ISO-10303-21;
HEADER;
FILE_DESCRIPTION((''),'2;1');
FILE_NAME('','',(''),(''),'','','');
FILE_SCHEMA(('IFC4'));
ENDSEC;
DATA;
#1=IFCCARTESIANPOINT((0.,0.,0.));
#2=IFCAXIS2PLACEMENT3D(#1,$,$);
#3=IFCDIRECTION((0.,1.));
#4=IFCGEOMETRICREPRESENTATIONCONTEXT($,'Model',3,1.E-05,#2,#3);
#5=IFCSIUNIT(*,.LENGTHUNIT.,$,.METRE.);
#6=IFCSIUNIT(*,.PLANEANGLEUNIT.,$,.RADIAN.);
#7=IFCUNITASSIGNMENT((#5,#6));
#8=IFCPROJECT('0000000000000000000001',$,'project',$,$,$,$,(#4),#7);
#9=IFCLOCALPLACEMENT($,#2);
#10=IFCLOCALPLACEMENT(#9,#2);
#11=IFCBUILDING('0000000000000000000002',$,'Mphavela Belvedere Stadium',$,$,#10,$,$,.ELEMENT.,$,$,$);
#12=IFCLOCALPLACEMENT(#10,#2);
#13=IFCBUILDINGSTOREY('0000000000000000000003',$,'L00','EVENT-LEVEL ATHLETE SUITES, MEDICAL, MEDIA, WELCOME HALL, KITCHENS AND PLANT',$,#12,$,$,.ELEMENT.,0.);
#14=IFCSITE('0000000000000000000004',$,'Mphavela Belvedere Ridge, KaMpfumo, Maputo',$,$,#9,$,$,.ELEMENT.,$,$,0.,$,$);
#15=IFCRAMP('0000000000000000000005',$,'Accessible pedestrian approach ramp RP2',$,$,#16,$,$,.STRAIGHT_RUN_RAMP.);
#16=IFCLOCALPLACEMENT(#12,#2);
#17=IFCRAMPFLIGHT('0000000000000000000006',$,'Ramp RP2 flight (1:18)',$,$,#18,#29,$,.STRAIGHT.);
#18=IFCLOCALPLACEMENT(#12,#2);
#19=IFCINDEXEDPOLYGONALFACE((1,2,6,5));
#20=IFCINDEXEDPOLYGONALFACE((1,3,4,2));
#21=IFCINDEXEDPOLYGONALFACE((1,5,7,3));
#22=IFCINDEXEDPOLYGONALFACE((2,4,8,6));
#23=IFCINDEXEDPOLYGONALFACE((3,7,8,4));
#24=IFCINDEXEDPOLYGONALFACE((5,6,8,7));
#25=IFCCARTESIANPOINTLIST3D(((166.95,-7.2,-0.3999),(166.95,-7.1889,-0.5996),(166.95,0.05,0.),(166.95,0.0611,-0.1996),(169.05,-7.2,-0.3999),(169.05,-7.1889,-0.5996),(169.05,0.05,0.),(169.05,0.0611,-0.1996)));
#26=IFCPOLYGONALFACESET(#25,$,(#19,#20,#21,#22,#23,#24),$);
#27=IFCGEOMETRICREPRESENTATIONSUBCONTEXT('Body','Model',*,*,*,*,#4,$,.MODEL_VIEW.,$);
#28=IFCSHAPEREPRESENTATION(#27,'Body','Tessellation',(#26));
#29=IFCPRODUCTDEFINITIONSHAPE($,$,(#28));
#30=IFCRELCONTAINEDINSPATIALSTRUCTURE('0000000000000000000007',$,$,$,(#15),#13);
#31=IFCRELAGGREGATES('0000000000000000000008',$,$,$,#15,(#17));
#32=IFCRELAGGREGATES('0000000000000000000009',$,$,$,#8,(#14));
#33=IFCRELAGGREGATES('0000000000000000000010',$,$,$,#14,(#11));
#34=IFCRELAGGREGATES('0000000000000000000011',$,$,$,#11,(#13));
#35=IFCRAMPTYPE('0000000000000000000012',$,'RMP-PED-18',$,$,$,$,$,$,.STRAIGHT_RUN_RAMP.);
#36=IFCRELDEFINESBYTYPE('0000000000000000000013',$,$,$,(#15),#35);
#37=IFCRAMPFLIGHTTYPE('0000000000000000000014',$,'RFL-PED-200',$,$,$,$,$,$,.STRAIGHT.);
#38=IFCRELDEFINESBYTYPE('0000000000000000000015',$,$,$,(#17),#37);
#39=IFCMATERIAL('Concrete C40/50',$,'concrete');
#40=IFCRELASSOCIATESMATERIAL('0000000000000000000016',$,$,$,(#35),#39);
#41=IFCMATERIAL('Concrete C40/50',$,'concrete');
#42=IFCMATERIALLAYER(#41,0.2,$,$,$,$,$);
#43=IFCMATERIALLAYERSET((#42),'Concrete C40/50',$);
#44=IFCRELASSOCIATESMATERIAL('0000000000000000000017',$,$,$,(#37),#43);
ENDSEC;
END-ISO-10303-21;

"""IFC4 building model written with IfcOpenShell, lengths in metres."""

from ifc_helpers import new_model, si_unit, direction, frame, origin, place, context, subcontext, project, spatial, polyline, outline, extrude, material, layer, layer_set, type_object, element, aggregate, save


model = new_model("IFC4")

# Units and contexts
model_context = context("Model", 3, precision=1e-05, world=origin(), true_north=direction((0.0, 1.0)))
body_context = subcontext(model_context, "Body", "Model", "MODEL_VIEW")
ifc_project = project(units=[si_unit("LENGTHUNIT", "METRE"), si_unit("PLANEANGLEUNIT", "RADIAN")], contexts=[model_context])

# Site, building, storey
site_placement = place(None, origin())
site = spatial("IfcSite", under=ifc_project, at=site_placement, Name="Mphavela Belvedere Ridge, KaMpfumo, Maputo", CompositionType="ELEMENT", RefElevation=0.0)
building_placement = place(site_placement, origin())
building = spatial("IfcBuilding", under=site, at=building_placement, Name="Mphavela Belvedere Stadium", CompositionType="ELEMENT")
storey_placement = place(building_placement, origin())
storey = spatial("IfcBuildingStorey", under=building, at=storey_placement, Name="L00", Description="EVENT-LEVEL ATHLETE SUITES, MEDICAL, MEDIA, WELCOME HALL, KITCHENS AND PLANT", CompositionType="ELEMENT", Elevation=0.0)

# Ramp, ramp flight
ifc_material_1 = material(Name="Concrete C40/50", Category="concrete")
ramp_type = type_object("IfcRampType", Name="RMP-PED-18", PredefinedType="STRAIGHT_RUN_RAMP", material=ifc_material_1)
ramp_placement = place(storey_placement, origin())
ramp = element("IfcRamp", 1, at=ramp_placement, inside=storey, type_object=ramp_type, Name="Accessible pedestrian approach ramp RP2", PredefinedType="STRAIGHT_RUN_RAMP")
ifc_material_2 = material(Name="Concrete C40/50", Category="concrete")
ifc_layer_1 = layer(ifc_material_2, 0.2)
ifc_layer_set_1 = layer_set([ifc_layer_1], Name="Concrete C40/50")
ramp_flight_type = type_object("IfcRampFlightType", Name="RFL-PED-200", PredefinedType="STRAIGHT", material=ifc_layer_set_1)
ramp_flight_placement = place(storey_placement, frame((169.05, -7.2, -0.3999), z_axis=(0.0, -0.055075, 0.998482), x_axis=(0.0, 0.998482, 0.055075)))
ramp_flight = element("IfcRampFlight", 2, at=ramp_flight_placement, type_object=ramp_flight_type, Name="Ramp RP2 flight (1:18)", PredefinedType="STRAIGHT", context=body_context, shape_type="SweptSolid", body=[
    extrude(outline(polyline([(0.0, 0.0), (7.261, 0.0), (7.261, 2.1001), (0.0, 2.1001), (0.0, 0.0)])), origin(), (0.0, 0.0, -1.0), 0.2),
])
aggregate(ramp, [ramp_flight])

save(model, "model.ifc")
